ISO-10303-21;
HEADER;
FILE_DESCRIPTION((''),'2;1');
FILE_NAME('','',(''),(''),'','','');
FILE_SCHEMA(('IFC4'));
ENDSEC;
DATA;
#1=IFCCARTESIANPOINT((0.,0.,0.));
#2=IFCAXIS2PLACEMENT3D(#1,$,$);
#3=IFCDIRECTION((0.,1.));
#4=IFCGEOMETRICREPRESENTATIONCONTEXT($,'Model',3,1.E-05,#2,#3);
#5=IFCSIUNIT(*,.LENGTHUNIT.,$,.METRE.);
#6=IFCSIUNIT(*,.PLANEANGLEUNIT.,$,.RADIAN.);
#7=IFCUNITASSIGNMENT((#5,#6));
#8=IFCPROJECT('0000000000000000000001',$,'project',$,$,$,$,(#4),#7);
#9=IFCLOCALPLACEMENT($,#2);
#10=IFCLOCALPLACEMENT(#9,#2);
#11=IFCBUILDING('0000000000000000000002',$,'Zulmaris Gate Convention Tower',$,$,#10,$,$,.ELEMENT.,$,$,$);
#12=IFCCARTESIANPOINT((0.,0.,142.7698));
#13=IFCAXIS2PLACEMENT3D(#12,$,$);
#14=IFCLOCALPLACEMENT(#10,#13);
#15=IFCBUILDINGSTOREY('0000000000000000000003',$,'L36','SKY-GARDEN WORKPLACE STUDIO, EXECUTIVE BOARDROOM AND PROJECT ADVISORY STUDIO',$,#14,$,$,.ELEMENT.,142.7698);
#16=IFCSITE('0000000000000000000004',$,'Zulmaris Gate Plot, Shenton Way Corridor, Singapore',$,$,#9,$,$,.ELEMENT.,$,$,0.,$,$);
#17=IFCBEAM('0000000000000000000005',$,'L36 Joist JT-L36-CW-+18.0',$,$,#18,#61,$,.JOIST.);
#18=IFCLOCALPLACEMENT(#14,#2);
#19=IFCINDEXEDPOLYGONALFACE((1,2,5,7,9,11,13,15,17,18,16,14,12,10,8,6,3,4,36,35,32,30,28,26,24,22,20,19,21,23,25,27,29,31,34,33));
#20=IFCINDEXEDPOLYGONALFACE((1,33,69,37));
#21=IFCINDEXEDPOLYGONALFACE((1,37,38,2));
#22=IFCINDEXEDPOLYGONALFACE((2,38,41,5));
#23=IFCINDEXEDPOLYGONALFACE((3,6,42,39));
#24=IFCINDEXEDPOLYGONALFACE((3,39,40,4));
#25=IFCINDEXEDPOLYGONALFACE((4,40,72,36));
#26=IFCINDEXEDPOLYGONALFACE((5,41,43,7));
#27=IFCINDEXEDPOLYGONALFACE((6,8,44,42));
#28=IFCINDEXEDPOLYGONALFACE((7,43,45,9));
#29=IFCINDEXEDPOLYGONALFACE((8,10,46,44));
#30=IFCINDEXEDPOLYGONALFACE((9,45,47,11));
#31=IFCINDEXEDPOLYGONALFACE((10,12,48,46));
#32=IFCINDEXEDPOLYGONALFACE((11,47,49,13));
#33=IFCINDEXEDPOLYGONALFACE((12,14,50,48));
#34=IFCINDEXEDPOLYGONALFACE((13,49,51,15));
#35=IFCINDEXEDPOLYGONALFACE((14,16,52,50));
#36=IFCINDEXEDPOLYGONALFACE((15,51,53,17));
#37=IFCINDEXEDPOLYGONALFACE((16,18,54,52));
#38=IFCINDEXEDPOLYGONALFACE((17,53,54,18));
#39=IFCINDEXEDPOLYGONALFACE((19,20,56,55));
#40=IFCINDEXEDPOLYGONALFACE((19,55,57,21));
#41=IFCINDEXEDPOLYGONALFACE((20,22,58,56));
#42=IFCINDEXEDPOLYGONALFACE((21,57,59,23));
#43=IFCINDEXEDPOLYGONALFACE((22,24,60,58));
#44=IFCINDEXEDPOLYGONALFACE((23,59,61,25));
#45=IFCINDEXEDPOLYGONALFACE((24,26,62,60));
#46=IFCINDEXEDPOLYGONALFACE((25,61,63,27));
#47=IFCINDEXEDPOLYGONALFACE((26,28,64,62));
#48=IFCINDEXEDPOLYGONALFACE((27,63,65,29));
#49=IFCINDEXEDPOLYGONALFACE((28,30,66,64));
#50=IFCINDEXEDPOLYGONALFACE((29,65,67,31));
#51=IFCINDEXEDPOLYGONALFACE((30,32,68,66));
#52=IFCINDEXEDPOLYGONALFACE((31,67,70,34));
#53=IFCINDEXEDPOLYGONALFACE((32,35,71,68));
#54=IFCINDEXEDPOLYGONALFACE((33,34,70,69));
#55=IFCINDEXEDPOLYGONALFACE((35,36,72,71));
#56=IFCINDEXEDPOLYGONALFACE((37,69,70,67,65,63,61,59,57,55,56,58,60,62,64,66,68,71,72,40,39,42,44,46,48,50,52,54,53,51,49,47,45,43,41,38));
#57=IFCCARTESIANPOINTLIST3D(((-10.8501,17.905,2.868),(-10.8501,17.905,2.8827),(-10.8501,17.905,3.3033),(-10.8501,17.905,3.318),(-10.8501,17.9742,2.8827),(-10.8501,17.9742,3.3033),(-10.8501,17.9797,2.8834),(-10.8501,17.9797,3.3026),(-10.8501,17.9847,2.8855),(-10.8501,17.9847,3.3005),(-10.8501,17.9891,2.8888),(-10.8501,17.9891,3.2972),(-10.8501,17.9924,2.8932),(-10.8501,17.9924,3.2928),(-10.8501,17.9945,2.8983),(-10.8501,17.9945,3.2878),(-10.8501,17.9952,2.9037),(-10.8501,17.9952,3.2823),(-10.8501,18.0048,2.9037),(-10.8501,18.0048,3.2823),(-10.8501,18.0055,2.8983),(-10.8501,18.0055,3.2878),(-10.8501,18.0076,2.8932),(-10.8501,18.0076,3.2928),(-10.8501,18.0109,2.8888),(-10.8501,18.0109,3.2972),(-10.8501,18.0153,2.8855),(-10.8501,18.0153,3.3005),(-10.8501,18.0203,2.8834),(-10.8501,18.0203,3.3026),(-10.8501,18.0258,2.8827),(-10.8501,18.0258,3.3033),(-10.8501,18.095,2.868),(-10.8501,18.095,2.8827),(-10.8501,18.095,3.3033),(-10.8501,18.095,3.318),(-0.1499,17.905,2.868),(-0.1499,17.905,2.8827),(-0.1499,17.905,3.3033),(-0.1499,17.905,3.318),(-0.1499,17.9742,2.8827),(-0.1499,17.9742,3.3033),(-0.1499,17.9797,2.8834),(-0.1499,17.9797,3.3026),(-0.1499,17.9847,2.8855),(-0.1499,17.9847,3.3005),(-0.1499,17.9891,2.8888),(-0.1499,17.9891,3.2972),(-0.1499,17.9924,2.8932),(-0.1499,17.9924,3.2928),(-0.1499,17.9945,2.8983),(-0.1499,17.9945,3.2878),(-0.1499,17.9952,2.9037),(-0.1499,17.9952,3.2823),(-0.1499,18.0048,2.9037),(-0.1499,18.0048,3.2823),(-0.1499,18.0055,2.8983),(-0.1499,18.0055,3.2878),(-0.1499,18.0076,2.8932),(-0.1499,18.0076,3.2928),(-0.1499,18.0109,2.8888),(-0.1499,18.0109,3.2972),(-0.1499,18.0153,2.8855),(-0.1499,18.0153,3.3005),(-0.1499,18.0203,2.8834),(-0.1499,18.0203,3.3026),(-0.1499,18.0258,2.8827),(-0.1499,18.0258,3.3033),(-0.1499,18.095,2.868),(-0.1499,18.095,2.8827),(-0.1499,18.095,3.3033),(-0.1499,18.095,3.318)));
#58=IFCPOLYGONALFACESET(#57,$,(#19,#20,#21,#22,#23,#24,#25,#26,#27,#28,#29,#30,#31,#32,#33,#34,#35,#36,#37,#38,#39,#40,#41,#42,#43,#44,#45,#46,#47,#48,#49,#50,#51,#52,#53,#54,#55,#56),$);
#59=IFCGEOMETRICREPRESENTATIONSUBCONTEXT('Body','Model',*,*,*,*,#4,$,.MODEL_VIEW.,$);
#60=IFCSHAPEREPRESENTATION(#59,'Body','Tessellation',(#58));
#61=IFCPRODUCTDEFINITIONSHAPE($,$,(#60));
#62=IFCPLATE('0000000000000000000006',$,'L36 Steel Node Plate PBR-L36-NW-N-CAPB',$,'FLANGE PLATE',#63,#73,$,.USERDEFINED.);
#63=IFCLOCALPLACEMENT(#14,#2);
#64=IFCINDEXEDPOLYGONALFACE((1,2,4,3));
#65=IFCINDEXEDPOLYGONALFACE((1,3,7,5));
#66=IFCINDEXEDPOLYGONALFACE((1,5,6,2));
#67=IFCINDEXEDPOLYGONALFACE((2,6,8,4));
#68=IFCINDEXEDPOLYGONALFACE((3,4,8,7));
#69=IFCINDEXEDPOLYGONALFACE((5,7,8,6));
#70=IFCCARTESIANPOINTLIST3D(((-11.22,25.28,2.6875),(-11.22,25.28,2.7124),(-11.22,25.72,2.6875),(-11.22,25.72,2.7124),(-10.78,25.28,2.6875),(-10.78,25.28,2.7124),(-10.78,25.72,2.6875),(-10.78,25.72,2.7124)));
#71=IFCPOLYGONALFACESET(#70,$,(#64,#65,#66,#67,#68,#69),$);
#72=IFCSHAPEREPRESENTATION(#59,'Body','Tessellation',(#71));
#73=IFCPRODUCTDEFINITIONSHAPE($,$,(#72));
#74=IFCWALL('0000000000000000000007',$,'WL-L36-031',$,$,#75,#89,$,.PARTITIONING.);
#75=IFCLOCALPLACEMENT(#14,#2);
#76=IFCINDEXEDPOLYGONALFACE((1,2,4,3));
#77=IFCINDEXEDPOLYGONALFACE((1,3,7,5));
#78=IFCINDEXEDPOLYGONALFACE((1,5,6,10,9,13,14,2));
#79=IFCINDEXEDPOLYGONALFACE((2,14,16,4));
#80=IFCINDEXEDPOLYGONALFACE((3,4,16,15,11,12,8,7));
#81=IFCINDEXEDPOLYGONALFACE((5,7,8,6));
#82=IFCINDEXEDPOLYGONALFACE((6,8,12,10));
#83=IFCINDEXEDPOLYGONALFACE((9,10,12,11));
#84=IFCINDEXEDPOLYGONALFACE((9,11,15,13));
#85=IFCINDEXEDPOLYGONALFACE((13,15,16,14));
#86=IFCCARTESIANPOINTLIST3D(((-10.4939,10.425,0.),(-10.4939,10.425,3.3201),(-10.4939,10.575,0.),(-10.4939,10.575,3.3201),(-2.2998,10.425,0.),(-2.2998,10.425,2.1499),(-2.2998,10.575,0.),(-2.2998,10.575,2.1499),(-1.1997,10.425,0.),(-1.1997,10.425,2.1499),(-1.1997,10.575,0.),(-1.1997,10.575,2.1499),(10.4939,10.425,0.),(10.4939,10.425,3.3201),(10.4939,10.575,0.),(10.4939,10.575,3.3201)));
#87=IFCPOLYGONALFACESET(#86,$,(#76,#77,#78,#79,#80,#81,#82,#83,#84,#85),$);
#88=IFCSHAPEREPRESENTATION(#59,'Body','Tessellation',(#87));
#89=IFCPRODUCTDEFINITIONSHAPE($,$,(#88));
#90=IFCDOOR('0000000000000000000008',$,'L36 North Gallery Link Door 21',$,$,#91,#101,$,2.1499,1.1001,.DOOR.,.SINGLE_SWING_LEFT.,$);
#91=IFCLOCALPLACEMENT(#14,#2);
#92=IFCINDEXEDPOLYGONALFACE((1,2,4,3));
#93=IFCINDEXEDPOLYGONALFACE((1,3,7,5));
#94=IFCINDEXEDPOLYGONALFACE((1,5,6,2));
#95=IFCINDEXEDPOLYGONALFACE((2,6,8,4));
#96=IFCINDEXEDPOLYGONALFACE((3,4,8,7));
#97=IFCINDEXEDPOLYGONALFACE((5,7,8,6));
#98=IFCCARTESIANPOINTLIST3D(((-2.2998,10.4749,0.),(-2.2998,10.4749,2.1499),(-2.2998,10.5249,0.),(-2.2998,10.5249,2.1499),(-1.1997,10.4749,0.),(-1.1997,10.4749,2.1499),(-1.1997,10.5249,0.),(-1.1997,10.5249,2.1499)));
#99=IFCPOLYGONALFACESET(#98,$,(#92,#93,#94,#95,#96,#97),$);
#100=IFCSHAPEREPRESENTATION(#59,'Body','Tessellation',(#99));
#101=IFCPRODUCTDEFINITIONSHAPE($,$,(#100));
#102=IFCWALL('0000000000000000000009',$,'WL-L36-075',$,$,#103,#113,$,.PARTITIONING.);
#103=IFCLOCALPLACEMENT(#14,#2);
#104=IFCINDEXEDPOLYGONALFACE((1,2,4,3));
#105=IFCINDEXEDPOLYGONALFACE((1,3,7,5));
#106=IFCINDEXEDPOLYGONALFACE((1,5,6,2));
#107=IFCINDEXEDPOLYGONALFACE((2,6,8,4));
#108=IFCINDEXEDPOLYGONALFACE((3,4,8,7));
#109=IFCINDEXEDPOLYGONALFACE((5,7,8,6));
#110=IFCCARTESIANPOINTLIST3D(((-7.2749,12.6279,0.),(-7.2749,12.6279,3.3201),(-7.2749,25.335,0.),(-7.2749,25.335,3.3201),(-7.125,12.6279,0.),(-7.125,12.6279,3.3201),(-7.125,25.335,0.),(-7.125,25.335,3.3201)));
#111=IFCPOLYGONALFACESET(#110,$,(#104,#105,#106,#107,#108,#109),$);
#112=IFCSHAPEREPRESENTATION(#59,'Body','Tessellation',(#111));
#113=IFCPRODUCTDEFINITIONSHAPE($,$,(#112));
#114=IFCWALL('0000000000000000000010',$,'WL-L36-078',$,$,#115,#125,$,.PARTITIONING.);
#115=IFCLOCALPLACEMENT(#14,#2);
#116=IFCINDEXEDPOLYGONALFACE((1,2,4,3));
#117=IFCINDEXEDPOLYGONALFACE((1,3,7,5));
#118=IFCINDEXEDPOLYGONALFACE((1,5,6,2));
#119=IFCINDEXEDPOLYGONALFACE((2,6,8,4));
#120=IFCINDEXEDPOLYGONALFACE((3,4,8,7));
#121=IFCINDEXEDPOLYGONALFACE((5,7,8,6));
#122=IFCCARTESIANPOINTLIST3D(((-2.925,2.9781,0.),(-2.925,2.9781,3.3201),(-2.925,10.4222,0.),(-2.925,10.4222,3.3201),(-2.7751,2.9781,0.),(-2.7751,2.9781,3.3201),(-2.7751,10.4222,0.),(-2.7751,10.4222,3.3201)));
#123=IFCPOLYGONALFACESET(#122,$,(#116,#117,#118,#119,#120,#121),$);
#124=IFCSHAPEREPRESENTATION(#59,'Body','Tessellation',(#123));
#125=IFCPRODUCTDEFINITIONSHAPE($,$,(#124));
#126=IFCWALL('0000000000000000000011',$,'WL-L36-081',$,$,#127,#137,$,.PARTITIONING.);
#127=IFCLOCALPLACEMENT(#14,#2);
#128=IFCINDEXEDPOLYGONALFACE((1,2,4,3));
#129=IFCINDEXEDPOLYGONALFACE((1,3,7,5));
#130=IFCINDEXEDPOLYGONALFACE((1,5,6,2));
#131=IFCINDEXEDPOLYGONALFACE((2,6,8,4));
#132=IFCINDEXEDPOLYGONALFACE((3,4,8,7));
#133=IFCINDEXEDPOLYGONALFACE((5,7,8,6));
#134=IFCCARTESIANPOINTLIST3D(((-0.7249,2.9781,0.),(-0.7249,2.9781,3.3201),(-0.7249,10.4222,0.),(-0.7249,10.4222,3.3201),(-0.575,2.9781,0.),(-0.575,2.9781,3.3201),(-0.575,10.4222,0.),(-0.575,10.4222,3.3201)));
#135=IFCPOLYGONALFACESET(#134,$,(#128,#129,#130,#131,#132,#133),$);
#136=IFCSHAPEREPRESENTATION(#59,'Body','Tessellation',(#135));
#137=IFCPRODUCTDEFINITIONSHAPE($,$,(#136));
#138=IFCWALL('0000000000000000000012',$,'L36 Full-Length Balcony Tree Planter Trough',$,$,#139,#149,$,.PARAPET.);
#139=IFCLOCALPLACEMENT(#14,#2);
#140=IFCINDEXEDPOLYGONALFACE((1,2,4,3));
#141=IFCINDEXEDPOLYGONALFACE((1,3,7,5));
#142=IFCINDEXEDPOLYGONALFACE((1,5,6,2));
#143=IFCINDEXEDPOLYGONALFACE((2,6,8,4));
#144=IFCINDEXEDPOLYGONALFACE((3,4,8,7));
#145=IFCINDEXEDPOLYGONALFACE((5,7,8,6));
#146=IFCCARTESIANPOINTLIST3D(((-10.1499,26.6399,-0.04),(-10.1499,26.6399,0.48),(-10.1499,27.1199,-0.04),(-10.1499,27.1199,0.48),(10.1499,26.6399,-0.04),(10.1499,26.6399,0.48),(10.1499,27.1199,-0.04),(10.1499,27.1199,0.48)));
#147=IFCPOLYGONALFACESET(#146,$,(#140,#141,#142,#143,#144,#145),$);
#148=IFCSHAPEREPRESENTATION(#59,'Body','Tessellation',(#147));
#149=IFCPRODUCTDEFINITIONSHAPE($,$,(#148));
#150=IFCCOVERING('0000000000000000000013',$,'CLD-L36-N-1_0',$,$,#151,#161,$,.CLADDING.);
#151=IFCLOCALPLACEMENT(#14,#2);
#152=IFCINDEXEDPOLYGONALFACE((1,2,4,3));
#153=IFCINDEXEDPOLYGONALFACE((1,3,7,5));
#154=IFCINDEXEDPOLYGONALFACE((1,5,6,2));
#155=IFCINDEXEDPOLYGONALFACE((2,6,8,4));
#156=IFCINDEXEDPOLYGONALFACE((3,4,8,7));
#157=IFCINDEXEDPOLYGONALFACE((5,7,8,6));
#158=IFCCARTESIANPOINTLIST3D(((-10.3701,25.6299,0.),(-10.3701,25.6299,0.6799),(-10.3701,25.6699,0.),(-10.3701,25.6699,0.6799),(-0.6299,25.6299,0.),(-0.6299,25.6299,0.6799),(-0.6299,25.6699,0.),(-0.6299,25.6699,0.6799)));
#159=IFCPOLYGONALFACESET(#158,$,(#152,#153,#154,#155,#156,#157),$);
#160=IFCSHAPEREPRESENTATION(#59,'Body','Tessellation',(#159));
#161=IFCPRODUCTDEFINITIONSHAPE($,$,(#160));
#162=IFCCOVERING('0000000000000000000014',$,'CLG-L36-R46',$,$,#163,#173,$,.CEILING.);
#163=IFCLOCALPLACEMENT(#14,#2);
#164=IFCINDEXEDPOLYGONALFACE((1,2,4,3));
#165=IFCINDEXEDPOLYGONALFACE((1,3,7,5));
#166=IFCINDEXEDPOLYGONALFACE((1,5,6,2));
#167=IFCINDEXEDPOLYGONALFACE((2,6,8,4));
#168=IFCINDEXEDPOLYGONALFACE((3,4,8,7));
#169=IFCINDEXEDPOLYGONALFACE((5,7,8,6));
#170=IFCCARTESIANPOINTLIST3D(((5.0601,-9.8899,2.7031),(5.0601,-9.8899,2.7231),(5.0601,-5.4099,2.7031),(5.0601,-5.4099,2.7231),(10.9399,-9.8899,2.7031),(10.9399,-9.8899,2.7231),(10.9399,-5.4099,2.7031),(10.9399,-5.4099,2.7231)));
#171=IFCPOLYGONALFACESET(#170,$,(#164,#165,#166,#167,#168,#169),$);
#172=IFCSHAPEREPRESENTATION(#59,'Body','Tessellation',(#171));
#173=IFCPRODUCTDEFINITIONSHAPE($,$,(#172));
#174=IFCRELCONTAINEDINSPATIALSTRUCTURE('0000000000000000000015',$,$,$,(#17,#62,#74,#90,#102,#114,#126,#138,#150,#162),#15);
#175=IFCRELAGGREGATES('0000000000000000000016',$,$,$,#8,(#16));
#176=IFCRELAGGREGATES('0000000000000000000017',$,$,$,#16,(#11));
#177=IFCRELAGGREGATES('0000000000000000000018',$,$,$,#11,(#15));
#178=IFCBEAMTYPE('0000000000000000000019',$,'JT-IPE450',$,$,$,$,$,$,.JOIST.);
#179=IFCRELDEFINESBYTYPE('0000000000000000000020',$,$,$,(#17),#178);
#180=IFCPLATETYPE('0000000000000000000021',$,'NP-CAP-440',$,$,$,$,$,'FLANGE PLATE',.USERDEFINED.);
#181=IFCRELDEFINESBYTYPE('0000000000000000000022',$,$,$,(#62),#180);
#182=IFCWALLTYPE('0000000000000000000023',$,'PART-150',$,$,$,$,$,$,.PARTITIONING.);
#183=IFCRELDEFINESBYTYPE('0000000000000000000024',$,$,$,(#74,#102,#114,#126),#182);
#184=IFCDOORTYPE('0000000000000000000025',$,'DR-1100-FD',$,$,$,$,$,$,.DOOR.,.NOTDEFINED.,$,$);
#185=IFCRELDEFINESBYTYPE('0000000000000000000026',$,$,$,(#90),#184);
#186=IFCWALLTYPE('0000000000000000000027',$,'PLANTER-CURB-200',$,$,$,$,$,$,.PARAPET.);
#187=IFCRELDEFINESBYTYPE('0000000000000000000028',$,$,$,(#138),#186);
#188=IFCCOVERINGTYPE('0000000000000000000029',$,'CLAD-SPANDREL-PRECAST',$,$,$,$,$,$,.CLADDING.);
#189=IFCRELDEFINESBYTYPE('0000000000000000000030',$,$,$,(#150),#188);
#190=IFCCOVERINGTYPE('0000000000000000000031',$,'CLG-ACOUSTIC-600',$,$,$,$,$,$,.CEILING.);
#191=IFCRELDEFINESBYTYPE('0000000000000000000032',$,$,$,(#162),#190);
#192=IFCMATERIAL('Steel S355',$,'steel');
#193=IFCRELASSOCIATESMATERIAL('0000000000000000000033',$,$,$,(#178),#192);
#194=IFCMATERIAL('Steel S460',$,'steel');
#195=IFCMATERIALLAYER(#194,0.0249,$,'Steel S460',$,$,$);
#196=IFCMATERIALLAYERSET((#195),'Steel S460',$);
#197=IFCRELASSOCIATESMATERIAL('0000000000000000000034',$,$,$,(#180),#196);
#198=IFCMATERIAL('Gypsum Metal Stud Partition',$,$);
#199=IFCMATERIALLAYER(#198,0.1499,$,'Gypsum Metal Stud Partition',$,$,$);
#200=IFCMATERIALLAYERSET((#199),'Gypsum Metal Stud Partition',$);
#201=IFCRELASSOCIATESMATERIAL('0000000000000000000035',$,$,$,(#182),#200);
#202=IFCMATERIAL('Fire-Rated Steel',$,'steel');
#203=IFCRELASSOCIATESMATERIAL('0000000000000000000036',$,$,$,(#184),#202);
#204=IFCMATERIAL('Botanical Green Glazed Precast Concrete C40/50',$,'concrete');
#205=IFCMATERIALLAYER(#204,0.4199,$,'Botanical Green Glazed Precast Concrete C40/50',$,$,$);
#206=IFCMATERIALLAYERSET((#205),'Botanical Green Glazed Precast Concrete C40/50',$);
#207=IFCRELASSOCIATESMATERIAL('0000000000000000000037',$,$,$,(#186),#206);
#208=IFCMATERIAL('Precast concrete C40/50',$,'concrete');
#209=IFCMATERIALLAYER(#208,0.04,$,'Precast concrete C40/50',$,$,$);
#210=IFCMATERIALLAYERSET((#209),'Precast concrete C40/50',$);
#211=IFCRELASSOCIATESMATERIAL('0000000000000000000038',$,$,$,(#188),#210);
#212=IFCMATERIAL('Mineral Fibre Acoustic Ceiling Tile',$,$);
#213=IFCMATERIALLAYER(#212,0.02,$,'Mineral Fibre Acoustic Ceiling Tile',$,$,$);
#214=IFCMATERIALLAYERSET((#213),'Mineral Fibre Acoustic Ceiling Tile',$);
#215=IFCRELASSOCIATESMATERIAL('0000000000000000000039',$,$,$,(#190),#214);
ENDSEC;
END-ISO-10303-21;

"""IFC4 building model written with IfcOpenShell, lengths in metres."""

from ifc_helpers import new_model, si_unit, direction, frame, frame_2d, origin, origin_2d, place, context, subcontext, project, spatial, polyline, rectangle, i_section, outline, extrude, material, layer, layer_set, material_profile, profile_set, type_object, element, fill, save


model = new_model("IFC4")

# Units and contexts
model_context = context("Model", 3, precision=1e-05, world=origin(), true_north=direction((0.0, 1.0)))
body_context = subcontext(model_context, "Body", "Model", "MODEL_VIEW")
ifc_project = project(units=[si_unit("LENGTHUNIT", "METRE"), si_unit("PLANEANGLEUNIT", "RADIAN")], contexts=[model_context])

# Site, building, storey
site_placement = place(None, origin())
site = spatial("IfcSite", under=ifc_project, at=site_placement, Name="Zulmaris Gate Plot, Shenton Way Corridor, Singapore", CompositionType="ELEMENT", RefElevation=0.0)
building_placement = place(site_placement, origin())
building = spatial("IfcBuilding", under=site, at=building_placement, Name="Zulmaris Gate Convention Tower", CompositionType="ELEMENT")
storey_placement = place(building_placement, frame((0.0, 0.0, 142.7698)))
storey = spatial("IfcBuildingStorey", under=building, at=storey_placement, Name="L36", Description="SKY-GARDEN WORKPLACE STUDIO, EXECUTIVE BOARDROOM AND PROJECT ADVISORY STUDIO", CompositionType="ELEMENT", Elevation=142.7698)

# Beam
ifc_material_1 = material(Name="Steel S355", Category="steel")
ifc_material_profile_1 = material_profile(ifc_material_1, i_section(OverallWidth=0.1899, OverallDepth=0.45, WebThickness=0.0095, FlangeThickness=0.0146, FilletRadius=0.021, at=origin_2d()), Name="IPE 450")
ifc_profile_set_1 = profile_set([ifc_material_profile_1], Name="Steel S355")
beam_type_1 = type_object("IfcBeamType", Name="JT-IPE450", PredefinedType="JOIST", material=ifc_profile_set_1)
for number, where, z_axis, x_axis, name in (
    (1, (-10.8501, 18.0, 3.093), (1.0, 0.0, 0.0), (0.0, 1.0, 0.0), "L36 Joist JT-L36-CW-+18.0"),
):
    element("IfcBeam", number, at=place(storey_placement, frame(where, z_axis=z_axis, x_axis=x_axis)), inside=storey, type_object=beam_type_1, Name=name, PredefinedType="JOIST", context=body_context, shape_type="SweptSolid", body=[
        extrude(i_section(OverallWidth=0.1899, OverallDepth=0.45, WebThickness=0.0095, FlangeThickness=0.0146, FilletRadius=0.021, at=origin_2d()), origin(), (0.0, 0.0, 1.0), 10.7002),
    ])

# Plate
ifc_material_2 = material(Name="Steel S460", Category="steel")
ifc_layer_1 = layer(ifc_material_2, 0.0249, Name="Steel S460")
ifc_layer_set_1 = layer_set([ifc_layer_1], Name="Steel S460")
plate_type = type_object("IfcPlateType", Name="NP-CAP-440", ElementType="FLANGE PLATE", PredefinedType="USERDEFINED", material=ifc_layer_set_1)
plate_placement = place(storey_placement, frame((-11.0, 25.5, 2.6875), z_axis=(0.0, 0.0, 1.0), x_axis=(1.0, 0.0, 0.0)))
element("IfcPlate", 2, at=plate_placement, inside=storey, type_object=plate_type, Name="L36 Steel Node Plate PBR-L36-NW-N-CAPB", ObjectType="FLANGE PLATE", PredefinedType="USERDEFINED", context=body_context, shape_type="SweptSolid", body=[
    extrude(rectangle(XDim=0.4399, YDim=0.4399, at=origin_2d()), origin(), (0.0, 0.0, 1.0), 0.0249),
])

# Wall, opening, door
ifc_material_3 = material(Name="Gypsum Metal Stud Partition")
ifc_layer_2 = layer(ifc_material_3, 0.1499, Name="Gypsum Metal Stud Partition")
ifc_layer_set_2 = layer_set([ifc_layer_2], Name="Gypsum Metal Stud Partition")
wall_type_1 = type_object("IfcWallType", Name="PART-150", PredefinedType="PARTITIONING", material=ifc_layer_set_2)
wall_1_placement = place(storey_placement, frame((-10.4939, 10.5, 0.0), z_axis=(0.0, 0.0, 1.0), x_axis=(1.0, 0.0, 0.0)))
wall_1 = element("IfcWall", 3, at=wall_1_placement, inside=storey, type_object=wall_type_1, Name="WL-L36-031", PredefinedType="PARTITIONING", context=body_context, shape_type="SweptSolid", body=[
    extrude(rectangle(XDim=20.9878, YDim=0.1499, at=frame_2d((10.4939, 0.0))), origin(), (0.0, 0.0, 1.0), 3.3201),
])
opening_1_placement = place(wall_1_placement, frame((8.1941, 0.0, 0.0)))
opening_1 = element("IfcOpeningElement", 4, at=opening_1_placement, cuts=wall_1, PredefinedType="OPENING", context=body_context, shape_type="SweptSolid", body=[
    extrude(rectangle(XDim=1.1001, YDim=2.1499, at=frame_2d((0.55, 1.075))), frame((0.0, 0.085, 0.0), z_axis=(0.0, -1.0, 0.0), x_axis=(1.0, 0.0, 0.0)), (0.0, 0.0, 1.0), 0.1699),
])
ifc_material_4 = material(Name="Fire-Rated Steel", Category="steel")
door_type_1 = type_object("IfcDoorType", Name="DR-1100-FD", OperationType="NOTDEFINED", PredefinedType="DOOR", material=ifc_material_4)
door_1_placement = place(opening_1_placement, origin())
door_1 = element("IfcDoor", 5, at=door_1_placement, inside=storey, type_object=door_type_1, Name="L36 North Gallery Link Door 21", OperationType="SINGLE_SWING_LEFT", OverallHeight=2.1499, OverallWidth=1.1001, PredefinedType="DOOR", context=body_context, shape_type="SweptSolid", body=[
    extrude(rectangle(XDim=1.1001, YDim=2.1499, at=frame_2d((0.55, 1.075))), frame((0.0, 0.0249, 0.0), z_axis=(0.0, -1.0, 0.0), x_axis=(1.0, 0.0, 0.0)), (0.0, 0.0, 1.0), 0.05),
])
fill(opening_1, door_1)

# Walls
wall_2_placement = place(storey_placement, frame((-7.2, 12.6279, 0.0), z_axis=(0.0, 0.0, 1.0), x_axis=(0.0, 1.0, 0.0)))
element("IfcWall", 6, at=wall_2_placement, inside=storey, type_object=wall_type_1, Name="WL-L36-075", PredefinedType="PARTITIONING", context=body_context, shape_type="SweptSolid", body=[
    extrude(rectangle(XDim=12.707, YDim=0.1499, at=frame_2d((6.3535, 0.0))), origin(), (0.0, 0.0, 1.0), 3.3201),
])
for number, where, z_axis, x_axis, name in (
    (7, (-2.8501, 2.978, 0.0), (0.0, 0.0, 1.0), (0.0, 1.0, 0.0), "WL-L36-078"),
    (8, (-0.6499, 2.978, 0.0), (0.0, 0.0, 1.0), (0.0, 1.0, 0.0), "WL-L36-081"),
):
    element("IfcWall", number, at=place(storey_placement, frame(where, z_axis=z_axis, x_axis=x_axis)), inside=storey, type_object=wall_type_1, Name=name, PredefinedType="PARTITIONING", context=body_context, shape_type="SweptSolid", body=[
        extrude(rectangle(XDim=7.4441, YDim=0.1499, at=frame_2d((3.7222, 0.0))), origin(), (0.0, 0.0, 1.0), 3.3201),
    ])
ifc_material_5 = material(Name="Botanical Green Glazed Precast Concrete C40/50", Category="concrete")
ifc_layer_3 = layer(ifc_material_5, 0.4199, Name="Botanical Green Glazed Precast Concrete C40/50")
ifc_layer_set_3 = layer_set([ifc_layer_3], Name="Botanical Green Glazed Precast Concrete C40/50")
wall_type_2 = type_object("IfcWallType", Name="PLANTER-CURB-200", PredefinedType="PARAPET", material=ifc_layer_set_3)
wall_3_placement = place(storey_placement, frame((-10.1499, 26.8799, -0.04), z_axis=(0.0, 0.0, 1.0), x_axis=(1.0, 0.0, 0.0)))
element("IfcWall", 9, at=wall_3_placement, inside=storey, type_object=wall_type_2, Name="L36 Full-Length Balcony Tree Planter Trough", PredefinedType="PARAPET", context=body_context, shape_type="SweptSolid", body=[
    extrude(rectangle(XDim=20.2998, YDim=0.48, at=frame_2d((10.1499, 0.0))), origin(), (0.0, 0.0, 1.0), 0.52),
])

# Shared definitions
ifc_material_6 = material(Name="Precast concrete C40/50", Category="concrete")

# Coverings
ifc_layer_4 = layer(ifc_material_6, 0.04, Name="Precast concrete C40/50")
ifc_layer_set_4 = layer_set([ifc_layer_4], Name="Precast concrete C40/50")
covering_type_1 = type_object("IfcCoveringType", Name="CLAD-SPANDREL-PRECAST", PredefinedType="CLADDING", material=ifc_layer_set_4)
covering_1_placement = place(storey_placement, frame((-0.6299, 25.6499, 0.0), z_axis=(0.0, 0.0, 1.0), x_axis=(-1.0, 0.0, 0.0)))
element("IfcCovering", 10, at=covering_1_placement, inside=storey, type_object=covering_type_1, Name="CLD-L36-N-1_0", PredefinedType="CLADDING", context=body_context, shape_type="SweptSolid", body=[
    extrude(rectangle(XDim=9.7402, YDim=0.04, at=frame_2d((4.8701, 0.0))), origin(), (0.0, 0.0, 1.0), 0.6799),
])
ifc_material_7 = material(Name="Mineral Fibre Acoustic Ceiling Tile")
ifc_layer_5 = layer(ifc_material_7, 0.02, Name="Mineral Fibre Acoustic Ceiling Tile")
ifc_layer_set_5 = layer_set([ifc_layer_5], Name="Mineral Fibre Acoustic Ceiling Tile")
covering_type_2 = type_object("IfcCoveringType", Name="CLG-ACOUSTIC-600", PredefinedType="CEILING", material=ifc_layer_set_5)
covering_2_placement = place(storey_placement, frame((0.0, 0.0, 2.7031)))
element("IfcCovering", 11, at=covering_2_placement, inside=storey, type_object=covering_type_2, Name="CLG-L36-R46", PredefinedType="CEILING", context=body_context, shape_type="SweptSolid", body=[
    extrude(outline(polyline([(5.0601, -9.8899), (10.9399, -9.8899), (10.9399, -5.4099), (5.0601, -5.4099), (5.0601, -9.8899)])), origin(), (0.0, 0.0, 1.0), 0.02),
])

save(model, "model.ifc")
